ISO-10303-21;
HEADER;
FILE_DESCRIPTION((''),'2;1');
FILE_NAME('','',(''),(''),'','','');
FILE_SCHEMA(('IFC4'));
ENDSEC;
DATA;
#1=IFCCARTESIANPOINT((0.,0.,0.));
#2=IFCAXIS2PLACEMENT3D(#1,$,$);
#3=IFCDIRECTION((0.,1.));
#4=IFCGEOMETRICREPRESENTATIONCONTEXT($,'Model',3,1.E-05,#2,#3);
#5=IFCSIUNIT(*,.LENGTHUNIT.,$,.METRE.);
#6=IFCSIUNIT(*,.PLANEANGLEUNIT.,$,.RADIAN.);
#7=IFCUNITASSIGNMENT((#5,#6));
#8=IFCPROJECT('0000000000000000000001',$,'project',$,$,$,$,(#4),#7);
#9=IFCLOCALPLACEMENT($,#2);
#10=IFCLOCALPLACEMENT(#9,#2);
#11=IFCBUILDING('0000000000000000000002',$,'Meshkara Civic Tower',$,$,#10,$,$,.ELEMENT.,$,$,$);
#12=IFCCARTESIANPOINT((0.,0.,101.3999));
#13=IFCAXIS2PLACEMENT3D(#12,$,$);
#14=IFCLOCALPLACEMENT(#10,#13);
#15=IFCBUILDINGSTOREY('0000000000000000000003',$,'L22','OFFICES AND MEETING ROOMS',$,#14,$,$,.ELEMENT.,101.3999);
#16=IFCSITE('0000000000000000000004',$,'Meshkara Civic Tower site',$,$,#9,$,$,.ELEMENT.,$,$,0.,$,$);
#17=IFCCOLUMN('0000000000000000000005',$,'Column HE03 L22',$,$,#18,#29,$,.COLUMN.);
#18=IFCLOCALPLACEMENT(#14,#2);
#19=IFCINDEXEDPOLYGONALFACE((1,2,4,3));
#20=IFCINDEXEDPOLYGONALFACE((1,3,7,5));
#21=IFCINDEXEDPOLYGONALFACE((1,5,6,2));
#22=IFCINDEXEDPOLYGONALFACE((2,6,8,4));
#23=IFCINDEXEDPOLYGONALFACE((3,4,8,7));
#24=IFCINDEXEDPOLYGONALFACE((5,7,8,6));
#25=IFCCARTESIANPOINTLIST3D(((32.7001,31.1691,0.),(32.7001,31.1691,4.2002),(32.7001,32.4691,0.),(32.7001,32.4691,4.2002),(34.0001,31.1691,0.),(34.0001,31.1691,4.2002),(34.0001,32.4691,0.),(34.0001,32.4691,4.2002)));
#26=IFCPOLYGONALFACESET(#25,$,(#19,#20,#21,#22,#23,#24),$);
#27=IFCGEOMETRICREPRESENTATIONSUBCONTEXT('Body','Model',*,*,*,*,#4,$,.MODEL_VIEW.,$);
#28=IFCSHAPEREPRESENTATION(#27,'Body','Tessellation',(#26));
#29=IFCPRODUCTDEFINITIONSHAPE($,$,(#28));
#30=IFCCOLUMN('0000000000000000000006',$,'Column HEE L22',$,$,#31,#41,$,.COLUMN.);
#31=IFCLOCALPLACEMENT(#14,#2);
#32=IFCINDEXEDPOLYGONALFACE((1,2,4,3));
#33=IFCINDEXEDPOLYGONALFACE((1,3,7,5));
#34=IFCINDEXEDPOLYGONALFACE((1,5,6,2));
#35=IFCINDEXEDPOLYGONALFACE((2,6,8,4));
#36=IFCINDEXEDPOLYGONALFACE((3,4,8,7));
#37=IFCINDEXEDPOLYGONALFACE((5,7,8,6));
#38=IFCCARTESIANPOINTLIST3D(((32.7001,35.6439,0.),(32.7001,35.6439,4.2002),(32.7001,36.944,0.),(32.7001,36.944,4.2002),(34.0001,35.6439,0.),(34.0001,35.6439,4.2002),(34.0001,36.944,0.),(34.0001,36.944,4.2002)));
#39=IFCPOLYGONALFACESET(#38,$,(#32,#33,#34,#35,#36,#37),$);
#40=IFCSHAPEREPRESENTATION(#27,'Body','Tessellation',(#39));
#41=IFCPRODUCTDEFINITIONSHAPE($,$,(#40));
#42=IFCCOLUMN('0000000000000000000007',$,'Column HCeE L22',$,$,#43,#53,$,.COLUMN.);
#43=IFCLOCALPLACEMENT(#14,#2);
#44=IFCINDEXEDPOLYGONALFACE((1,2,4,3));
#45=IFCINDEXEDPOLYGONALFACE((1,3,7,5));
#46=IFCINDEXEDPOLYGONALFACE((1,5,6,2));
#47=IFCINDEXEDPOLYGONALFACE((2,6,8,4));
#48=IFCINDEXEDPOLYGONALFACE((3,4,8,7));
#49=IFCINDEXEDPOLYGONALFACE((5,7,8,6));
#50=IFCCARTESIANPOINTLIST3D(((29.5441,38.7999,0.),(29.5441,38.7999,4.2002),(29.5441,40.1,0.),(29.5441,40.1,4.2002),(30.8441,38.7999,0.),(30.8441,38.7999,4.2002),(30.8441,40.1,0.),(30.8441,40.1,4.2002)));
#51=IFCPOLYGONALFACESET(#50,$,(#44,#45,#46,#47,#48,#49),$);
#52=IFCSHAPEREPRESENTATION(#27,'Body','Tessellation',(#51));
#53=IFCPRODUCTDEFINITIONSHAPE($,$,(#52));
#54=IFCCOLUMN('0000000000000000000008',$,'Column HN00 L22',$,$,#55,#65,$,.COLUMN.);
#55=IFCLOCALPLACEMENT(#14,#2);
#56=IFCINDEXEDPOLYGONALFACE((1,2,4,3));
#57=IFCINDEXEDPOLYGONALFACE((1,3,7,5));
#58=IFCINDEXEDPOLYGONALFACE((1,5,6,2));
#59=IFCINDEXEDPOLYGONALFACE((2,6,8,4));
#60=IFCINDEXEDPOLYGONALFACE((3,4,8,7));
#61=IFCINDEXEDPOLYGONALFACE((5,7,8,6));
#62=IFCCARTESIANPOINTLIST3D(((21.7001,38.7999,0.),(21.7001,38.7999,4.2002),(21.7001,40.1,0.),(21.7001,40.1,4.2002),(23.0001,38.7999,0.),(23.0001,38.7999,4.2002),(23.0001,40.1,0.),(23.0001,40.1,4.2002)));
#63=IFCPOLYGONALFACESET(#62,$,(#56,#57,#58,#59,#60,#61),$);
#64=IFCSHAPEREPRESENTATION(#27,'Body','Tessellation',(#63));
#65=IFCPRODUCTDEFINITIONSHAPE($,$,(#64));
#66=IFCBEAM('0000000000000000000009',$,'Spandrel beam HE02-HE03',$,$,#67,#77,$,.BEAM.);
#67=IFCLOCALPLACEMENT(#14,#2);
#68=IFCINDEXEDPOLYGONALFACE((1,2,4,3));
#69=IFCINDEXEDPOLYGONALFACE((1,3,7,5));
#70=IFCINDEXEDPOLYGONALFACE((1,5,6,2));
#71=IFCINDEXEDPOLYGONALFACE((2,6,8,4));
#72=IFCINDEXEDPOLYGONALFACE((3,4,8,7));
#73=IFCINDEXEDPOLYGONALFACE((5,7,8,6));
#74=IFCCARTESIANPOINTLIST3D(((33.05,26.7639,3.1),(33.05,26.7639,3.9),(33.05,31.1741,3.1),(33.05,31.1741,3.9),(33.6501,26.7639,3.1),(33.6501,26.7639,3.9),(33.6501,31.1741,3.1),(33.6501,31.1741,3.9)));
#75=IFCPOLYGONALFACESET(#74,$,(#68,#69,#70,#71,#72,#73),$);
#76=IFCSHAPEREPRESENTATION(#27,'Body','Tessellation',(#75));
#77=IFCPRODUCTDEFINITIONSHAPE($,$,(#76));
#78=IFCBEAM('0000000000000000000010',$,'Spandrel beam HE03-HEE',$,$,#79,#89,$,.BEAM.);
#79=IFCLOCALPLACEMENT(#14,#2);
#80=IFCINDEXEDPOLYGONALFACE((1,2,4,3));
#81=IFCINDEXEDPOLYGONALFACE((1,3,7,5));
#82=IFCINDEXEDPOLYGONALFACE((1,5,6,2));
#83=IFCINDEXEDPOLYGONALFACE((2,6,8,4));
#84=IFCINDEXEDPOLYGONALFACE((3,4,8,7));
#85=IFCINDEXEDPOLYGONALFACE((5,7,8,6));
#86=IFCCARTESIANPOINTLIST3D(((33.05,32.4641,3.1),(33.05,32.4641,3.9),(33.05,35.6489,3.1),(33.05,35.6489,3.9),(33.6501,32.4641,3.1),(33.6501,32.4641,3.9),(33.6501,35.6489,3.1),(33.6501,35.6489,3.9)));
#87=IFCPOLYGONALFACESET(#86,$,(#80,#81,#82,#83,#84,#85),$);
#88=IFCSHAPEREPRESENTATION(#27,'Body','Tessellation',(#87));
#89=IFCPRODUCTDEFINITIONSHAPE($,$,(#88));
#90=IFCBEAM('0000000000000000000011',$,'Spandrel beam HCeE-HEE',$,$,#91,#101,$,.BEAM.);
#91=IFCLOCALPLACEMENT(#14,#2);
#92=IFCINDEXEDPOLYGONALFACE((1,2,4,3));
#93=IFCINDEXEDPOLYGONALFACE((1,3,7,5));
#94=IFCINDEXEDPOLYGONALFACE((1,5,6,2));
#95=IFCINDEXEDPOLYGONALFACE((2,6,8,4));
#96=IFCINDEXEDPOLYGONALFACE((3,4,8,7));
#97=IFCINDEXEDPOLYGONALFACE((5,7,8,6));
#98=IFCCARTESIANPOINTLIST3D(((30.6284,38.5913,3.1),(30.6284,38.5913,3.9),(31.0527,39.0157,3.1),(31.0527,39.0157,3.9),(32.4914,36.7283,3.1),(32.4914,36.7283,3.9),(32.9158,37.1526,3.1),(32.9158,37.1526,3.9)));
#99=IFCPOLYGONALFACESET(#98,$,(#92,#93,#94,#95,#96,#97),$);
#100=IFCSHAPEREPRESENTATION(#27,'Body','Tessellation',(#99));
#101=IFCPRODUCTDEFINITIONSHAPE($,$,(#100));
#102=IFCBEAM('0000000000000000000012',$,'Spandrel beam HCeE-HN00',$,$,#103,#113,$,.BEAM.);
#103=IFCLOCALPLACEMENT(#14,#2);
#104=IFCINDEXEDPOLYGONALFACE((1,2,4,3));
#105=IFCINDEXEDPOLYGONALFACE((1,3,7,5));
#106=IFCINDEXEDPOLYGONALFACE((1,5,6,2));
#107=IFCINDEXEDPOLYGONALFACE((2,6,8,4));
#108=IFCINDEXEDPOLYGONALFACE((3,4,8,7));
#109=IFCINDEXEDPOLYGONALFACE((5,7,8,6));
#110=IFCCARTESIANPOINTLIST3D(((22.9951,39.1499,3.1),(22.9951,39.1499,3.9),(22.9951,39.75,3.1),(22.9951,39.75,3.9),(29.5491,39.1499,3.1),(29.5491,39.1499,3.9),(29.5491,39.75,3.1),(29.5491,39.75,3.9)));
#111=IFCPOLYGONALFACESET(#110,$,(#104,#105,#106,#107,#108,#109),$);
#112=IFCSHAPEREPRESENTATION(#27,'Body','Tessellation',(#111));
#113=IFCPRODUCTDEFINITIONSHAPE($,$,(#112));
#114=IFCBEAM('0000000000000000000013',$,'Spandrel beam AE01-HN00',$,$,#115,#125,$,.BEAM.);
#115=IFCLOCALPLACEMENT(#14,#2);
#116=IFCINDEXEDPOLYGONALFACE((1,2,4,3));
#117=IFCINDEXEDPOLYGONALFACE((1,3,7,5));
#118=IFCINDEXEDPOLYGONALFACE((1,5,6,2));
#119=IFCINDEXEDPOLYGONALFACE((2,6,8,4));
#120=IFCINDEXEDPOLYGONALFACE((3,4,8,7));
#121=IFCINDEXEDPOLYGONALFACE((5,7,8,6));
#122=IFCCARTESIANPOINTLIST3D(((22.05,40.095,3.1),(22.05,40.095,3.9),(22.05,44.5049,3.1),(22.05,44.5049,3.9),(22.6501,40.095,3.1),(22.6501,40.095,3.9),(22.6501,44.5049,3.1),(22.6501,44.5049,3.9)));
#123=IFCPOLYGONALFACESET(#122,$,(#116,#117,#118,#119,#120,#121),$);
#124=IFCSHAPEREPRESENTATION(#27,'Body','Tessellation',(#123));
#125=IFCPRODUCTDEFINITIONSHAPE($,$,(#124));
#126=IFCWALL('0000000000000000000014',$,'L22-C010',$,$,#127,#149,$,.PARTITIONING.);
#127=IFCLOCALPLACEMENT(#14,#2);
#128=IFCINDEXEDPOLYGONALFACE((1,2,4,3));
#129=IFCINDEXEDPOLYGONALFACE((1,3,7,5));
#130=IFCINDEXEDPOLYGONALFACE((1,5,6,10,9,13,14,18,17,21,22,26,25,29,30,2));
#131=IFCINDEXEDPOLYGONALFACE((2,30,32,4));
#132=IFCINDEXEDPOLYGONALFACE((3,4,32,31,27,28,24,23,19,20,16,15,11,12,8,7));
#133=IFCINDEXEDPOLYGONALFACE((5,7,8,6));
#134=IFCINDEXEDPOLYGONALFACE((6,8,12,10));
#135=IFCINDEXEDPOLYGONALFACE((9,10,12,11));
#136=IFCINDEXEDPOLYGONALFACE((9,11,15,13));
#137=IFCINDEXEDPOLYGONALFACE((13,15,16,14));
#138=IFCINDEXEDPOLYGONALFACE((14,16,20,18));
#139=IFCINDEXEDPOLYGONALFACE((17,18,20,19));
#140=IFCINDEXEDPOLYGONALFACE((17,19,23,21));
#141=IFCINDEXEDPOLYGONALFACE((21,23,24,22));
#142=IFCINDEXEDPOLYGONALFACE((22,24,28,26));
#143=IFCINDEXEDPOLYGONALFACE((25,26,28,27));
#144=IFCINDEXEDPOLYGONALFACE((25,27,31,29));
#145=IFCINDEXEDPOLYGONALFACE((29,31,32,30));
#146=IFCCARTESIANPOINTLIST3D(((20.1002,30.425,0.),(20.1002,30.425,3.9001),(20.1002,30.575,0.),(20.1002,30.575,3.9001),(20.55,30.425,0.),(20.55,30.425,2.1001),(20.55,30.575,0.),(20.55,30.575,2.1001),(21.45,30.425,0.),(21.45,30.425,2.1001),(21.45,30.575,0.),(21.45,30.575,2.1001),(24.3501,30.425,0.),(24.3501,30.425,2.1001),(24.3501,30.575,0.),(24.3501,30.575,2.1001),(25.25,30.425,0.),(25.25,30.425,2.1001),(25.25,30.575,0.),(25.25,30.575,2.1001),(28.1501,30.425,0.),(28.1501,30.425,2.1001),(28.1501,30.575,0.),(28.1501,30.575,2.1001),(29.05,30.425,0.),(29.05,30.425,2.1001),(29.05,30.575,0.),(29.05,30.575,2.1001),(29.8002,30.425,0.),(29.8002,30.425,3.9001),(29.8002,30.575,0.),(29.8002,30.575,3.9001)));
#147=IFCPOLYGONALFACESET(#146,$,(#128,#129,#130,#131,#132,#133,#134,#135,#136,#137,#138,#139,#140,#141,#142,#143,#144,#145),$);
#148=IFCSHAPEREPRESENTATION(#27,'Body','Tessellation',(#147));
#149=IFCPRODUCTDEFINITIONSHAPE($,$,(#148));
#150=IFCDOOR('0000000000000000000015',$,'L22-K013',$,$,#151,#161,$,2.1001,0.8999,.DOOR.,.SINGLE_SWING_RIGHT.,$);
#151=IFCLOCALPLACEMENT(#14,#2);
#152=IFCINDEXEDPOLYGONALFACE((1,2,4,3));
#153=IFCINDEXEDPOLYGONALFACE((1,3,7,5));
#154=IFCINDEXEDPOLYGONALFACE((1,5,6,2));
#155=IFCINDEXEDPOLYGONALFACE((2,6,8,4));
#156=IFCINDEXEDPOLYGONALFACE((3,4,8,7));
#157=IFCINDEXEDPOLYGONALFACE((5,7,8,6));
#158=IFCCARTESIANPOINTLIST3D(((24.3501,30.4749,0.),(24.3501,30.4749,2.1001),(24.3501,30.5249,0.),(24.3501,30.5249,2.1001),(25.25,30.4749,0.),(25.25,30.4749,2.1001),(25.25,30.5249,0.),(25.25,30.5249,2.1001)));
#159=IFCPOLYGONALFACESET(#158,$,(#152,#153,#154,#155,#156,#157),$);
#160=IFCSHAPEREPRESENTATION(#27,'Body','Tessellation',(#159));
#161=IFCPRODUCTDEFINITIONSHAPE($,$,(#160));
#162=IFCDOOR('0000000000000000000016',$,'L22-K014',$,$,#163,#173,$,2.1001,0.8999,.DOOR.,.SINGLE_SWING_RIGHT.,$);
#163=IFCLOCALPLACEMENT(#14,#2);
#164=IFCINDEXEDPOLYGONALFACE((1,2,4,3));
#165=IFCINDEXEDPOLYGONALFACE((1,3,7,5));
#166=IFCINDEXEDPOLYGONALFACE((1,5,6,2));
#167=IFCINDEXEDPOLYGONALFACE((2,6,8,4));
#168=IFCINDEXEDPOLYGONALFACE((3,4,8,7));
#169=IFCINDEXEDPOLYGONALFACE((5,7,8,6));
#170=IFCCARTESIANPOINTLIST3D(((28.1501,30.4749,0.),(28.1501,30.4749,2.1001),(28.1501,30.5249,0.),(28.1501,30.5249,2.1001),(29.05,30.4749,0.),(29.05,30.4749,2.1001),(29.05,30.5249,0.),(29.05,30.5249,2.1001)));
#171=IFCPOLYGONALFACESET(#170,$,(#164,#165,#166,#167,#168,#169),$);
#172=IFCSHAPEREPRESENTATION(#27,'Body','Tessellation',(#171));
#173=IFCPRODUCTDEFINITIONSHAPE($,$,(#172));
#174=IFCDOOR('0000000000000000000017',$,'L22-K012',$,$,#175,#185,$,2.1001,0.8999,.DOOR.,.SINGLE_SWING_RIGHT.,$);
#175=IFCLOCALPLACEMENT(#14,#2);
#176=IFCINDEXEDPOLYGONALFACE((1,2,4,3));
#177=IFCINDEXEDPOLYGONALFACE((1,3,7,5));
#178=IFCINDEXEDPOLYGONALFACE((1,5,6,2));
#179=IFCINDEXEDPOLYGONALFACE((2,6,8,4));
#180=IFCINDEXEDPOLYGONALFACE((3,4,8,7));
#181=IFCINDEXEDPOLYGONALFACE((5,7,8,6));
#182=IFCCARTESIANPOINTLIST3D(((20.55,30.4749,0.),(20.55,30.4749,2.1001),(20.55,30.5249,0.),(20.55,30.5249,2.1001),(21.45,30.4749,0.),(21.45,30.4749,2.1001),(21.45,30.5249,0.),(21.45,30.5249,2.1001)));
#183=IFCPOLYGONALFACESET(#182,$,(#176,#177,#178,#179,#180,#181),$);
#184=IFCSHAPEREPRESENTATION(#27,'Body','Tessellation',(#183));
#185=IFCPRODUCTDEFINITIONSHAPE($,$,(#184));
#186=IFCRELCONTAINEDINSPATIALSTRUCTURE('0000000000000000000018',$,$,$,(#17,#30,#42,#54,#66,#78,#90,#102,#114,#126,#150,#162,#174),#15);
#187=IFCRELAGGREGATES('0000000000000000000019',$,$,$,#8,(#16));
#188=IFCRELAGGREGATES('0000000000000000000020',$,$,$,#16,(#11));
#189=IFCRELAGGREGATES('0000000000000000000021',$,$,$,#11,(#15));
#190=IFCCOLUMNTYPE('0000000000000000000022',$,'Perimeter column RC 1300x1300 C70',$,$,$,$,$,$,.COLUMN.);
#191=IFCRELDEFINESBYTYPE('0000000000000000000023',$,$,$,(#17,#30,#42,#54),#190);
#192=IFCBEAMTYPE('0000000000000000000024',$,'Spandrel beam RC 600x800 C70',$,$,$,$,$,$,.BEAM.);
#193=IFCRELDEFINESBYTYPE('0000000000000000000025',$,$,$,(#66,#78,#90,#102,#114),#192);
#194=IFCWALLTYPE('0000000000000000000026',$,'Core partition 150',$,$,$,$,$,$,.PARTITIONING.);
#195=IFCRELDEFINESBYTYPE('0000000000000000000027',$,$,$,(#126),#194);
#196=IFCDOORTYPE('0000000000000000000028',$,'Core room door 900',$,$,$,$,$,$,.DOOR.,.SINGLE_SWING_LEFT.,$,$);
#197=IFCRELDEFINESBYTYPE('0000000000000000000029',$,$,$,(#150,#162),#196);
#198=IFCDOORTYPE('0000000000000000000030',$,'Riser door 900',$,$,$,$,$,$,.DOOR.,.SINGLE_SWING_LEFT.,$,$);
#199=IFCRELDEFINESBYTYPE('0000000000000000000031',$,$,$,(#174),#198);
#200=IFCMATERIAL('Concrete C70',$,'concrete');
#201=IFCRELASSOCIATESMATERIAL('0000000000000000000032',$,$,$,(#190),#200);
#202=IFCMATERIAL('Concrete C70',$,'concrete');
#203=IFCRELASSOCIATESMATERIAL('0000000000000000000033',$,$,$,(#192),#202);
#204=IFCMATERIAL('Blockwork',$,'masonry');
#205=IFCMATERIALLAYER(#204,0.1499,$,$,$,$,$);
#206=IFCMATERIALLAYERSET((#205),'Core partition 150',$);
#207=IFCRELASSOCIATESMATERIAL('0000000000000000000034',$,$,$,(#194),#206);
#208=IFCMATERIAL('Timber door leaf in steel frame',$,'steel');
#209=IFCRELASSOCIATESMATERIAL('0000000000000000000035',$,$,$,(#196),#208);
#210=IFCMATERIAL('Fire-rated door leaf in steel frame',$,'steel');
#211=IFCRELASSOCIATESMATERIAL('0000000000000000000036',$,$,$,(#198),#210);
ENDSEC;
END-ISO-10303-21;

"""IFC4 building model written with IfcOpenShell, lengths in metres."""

from ifc_helpers import new_model, si_unit, direction, frame, frame_2d, origin, origin_2d, place, context, subcontext, project, spatial, rectangle, extrude, material, layer, layer_set, material_profile, profile_set, type_object, element, fill, save


model = new_model("IFC4")

# Units and contexts
model_context = context("Model", 3, precision=1e-05, world=origin(), true_north=direction((0.0, 1.0)))
body_context = subcontext(model_context, "Body", "Model", "MODEL_VIEW")
ifc_project = project(units=[si_unit("LENGTHUNIT", "METRE"), si_unit("PLANEANGLEUNIT", "RADIAN")], contexts=[model_context])

# Site, building, storey
site_placement = place(None, origin())
site = spatial("IfcSite", under=ifc_project, at=site_placement, Name="Meshkara Civic Tower site", CompositionType="ELEMENT", RefElevation=0.0)
building_placement = place(site_placement, origin())
building = spatial("IfcBuilding", under=site, at=building_placement, Name="Meshkara Civic Tower", CompositionType="ELEMENT")
storey_placement = place(building_placement, frame((0.0, 0.0, 101.3999)))
storey = spatial("IfcBuildingStorey", under=building, at=storey_placement, Name="L22", Description="OFFICES AND MEETING ROOMS", CompositionType="ELEMENT", Elevation=101.3999)

# Columns
ifc_material_1 = material(Name="Concrete C70", Category="concrete")
ifc_material_profile_1 = material_profile(ifc_material_1, rectangle(XDim=1.3, YDim=1.3, at=origin_2d()))
ifc_profile_set_1 = profile_set([ifc_material_profile_1], Name="Concrete C70")
column_type = type_object("IfcColumnType", Name="Perimeter column RC 1300x1300 C70", PredefinedType="COLUMN", material=ifc_profile_set_1)
for number, where, z_axis, x_axis, name in (
    (1, (33.3501, 31.8191, 0.0), (0.0, 0.0, 1.0), (1.0, 0.0, 0.0), "Column HE03 L22"),
    (2, (33.3501, 36.2939, 0.0), (0.0, 0.0, 1.0), (1.0, 0.0, 0.0), "Column HEE L22"),
    (3, (30.1941, 39.45, 0.0), (0.0, 0.0, 1.0), (1.0, 0.0, 0.0), "Column HCeE L22"),
    (4, (22.3501, 39.45, 0.0), (0.0, 0.0, 1.0), (1.0, 0.0, 0.0), "Column HN00 L22"),
):
    element("IfcColumn", number, at=place(storey_placement, frame(where, z_axis=z_axis, x_axis=x_axis)), inside=storey, type_object=column_type, Name=name, PredefinedType="COLUMN", context=body_context, shape_type="SweptSolid", body=[
        extrude(rectangle(XDim=1.3, YDim=1.3, at=origin_2d()), origin(), (0.0, 0.0, 1.0), 4.2002),
    ])

# Beams
ifc_material_2 = material(Name="Concrete C70", Category="concrete")
ifc_material_profile_2 = material_profile(ifc_material_2, rectangle(XDim=0.6001, YDim=0.8, at=origin_2d()))
ifc_profile_set_2 = profile_set([ifc_material_profile_2], Name="Concrete C70")
beam_type = type_object("IfcBeamType", Name="Spandrel beam RC 600x800 C70", PredefinedType="BEAM", material=ifc_profile_set_2)
beam_1_placement = place(storey_placement, frame((33.3501, 26.7639, 3.5), z_axis=(0.0, 1.0, 0.0), x_axis=(-1.0, 0.0, 0.0)))
element("IfcBeam", 5, at=beam_1_placement, inside=storey, type_object=beam_type, Name="Spandrel beam HE02-HE03", PredefinedType="BEAM", context=body_context, shape_type="SweptSolid", body=[
    extrude(rectangle(XDim=0.6001, YDim=0.8, at=origin_2d()), origin(), (0.0, 0.0, 1.0), 4.4102),
])
beam_2_placement = place(storey_placement, frame((33.3501, 32.4641, 3.5), z_axis=(0.0, 1.0, 0.0), x_axis=(-1.0, 0.0, 0.0)))
element("IfcBeam", 6, at=beam_2_placement, inside=storey, type_object=beam_type, Name="Spandrel beam HE03-HEE", PredefinedType="BEAM", context=body_context, shape_type="SweptSolid", body=[
    extrude(rectangle(XDim=0.6001, YDim=0.8, at=origin_2d()), origin(), (0.0, 0.0, 1.0), 3.1848),
])
beam_3_placement = place(storey_placement, frame((32.7036, 36.9404, 3.5), z_axis=(-0.707107, 0.707107, 0.0), x_axis=(-0.707107, -0.707107, 0.0)))
element("IfcBeam", 7, at=beam_3_placement, inside=storey, type_object=beam_type, Name="Spandrel beam HCeE-HEE", PredefinedType="BEAM", context=body_context, shape_type="SweptSolid", body=[
    extrude(rectangle(XDim=0.6001, YDim=0.8, at=origin_2d()), origin(), (0.0, 0.0, 1.0), 2.6348),
])
beam_4_placement = place(storey_placement, frame((29.5491, 39.45, 3.5), z_axis=(-1.0, 0.0, 0.0), x_axis=(0.0, -1.0, 0.0)))
element("IfcBeam", 8, at=beam_4_placement, inside=storey, type_object=beam_type, Name="Spandrel beam HCeE-HN00", PredefinedType="BEAM", context=body_context, shape_type="SweptSolid", body=[
    extrude(rectangle(XDim=0.6001, YDim=0.8, at=origin_2d()), origin(), (0.0, 0.0, 1.0), 6.554),
])
beam_5_placement = place(storey_placement, frame((22.3501, 40.095, 3.5), z_axis=(0.0, 1.0, 0.0), x_axis=(-1.0, 0.0, 0.0)))
element("IfcBeam", 9, at=beam_5_placement, inside=storey, type_object=beam_type, Name="Spandrel beam AE01-HN00", PredefinedType="BEAM", context=body_context, shape_type="SweptSolid", body=[
    extrude(rectangle(XDim=0.6001, YDim=0.8, at=origin_2d()), origin(), (0.0, 0.0, 1.0), 4.4099),
])

# Wall, openings, doors
ifc_material_3 = material(Name="Blockwork", Category="masonry")
ifc_layer_1 = layer(ifc_material_3, 0.1499)
ifc_layer_set_1 = layer_set([ifc_layer_1], Name="Core partition 150")
wall_type_1 = type_object("IfcWallType", Name="Core partition 150", PredefinedType="PARTITIONING", material=ifc_layer_set_1)
wall_1_placement = place(storey_placement, frame((20.1001, 30.5, 0.0), z_axis=(0.0, 0.0, 1.0), x_axis=(1.0, 0.0, 0.0)))
wall_1 = element("IfcWall", 10, at=wall_1_placement, inside=storey, type_object=wall_type_1, Name="L22-C010", PredefinedType="PARTITIONING", context=body_context, shape_type="SweptSolid", body=[
    extrude(rectangle(XDim=9.7, YDim=0.1499, at=frame_2d((4.8501, 0.0))), origin(), (0.0, 0.0, 1.0), 3.9001),
])
opening_1_placement = place(wall_1_placement, frame((0.45, 0.0, 0.0)))
opening_1 = element("IfcOpeningElement", 11, at=opening_1_placement, cuts=wall_1, PredefinedType="OPENING", context=body_context, shape_type="SweptSolid", body=[
    extrude(rectangle(XDim=0.8999, YDim=2.1001, at=frame_2d((0.45, 1.05))), frame((0.0, 0.085, 0.0), z_axis=(0.0, -1.0, 0.0), x_axis=(1.0, 0.0, 0.0)), (0.0, 0.0, 1.0), 0.1699),
])
opening_2_placement = place(wall_1_placement, frame((4.25, 0.0, 0.0)))
opening_2 = element("IfcOpeningElement", 12, at=opening_2_placement, cuts=wall_1, PredefinedType="OPENING", context=body_context, shape_type="SweptSolid", body=[
    extrude(rectangle(XDim=0.8999, YDim=2.1001, at=frame_2d((0.45, 1.05))), frame((0.0, 0.085, 0.0), z_axis=(0.0, -1.0, 0.0), x_axis=(1.0, 0.0, 0.0)), (0.0, 0.0, 1.0), 0.1699),
])
opening_3_placement = place(wall_1_placement, frame((8.05, 0.0, 0.0)))
opening_3 = element("IfcOpeningElement", 13, at=opening_3_placement, cuts=wall_1, PredefinedType="OPENING", context=body_context, shape_type="SweptSolid", body=[
    extrude(rectangle(XDim=0.8999, YDim=2.1001, at=frame_2d((0.45, 1.05))), frame((0.0, 0.085, 0.0), z_axis=(0.0, -1.0, 0.0), x_axis=(1.0, 0.0, 0.0)), (0.0, 0.0, 1.0), 0.1699),
])
ifc_material_4 = material(Name="Timber door leaf in steel frame", Category="steel")
door_type_1 = type_object("IfcDoorType", Name="Core room door 900", OperationType="SINGLE_SWING_LEFT", PredefinedType="DOOR", material=ifc_material_4)
door_1_placement = place(opening_2_placement, origin())
door_1 = element("IfcDoor", 14, at=door_1_placement, inside=storey, type_object=door_type_1, Name="L22-K013", OperationType="SINGLE_SWING_RIGHT", OverallHeight=2.1001, OverallWidth=0.8999, PredefinedType="DOOR", context=body_context, shape_type="SweptSolid", body=[
    extrude(rectangle(XDim=0.8999, YDim=2.1001, at=frame_2d((0.45, 1.05))), frame((0.0, 0.0249, 0.0), z_axis=(0.0, -1.0, 0.0), x_axis=(1.0, 0.0, 0.0)), (0.0, 0.0, 1.0), 0.05),
])
fill(opening_2, door_1)
door_2_placement = place(opening_3_placement, origin())
door_2 = element("IfcDoor", 15, at=door_2_placement, inside=storey, type_object=door_type_1, Name="L22-K014", OperationType="SINGLE_SWING_RIGHT", OverallHeight=2.1001, OverallWidth=0.8999, PredefinedType="DOOR", context=body_context, shape_type="SweptSolid", body=[
    extrude(rectangle(XDim=0.8999, YDim=2.1001, at=frame_2d((0.45, 1.05))), frame((0.0, 0.0249, 0.0), z_axis=(0.0, -1.0, 0.0), x_axis=(1.0, 0.0, 0.0)), (0.0, 0.0, 1.0), 0.05),
])
fill(opening_3, door_2)
ifc_material_5 = material(Name="Fire-rated door leaf in steel frame", Category="steel")
door_type_2 = type_object("IfcDoorType", Name="Riser door 900", OperationType="SINGLE_SWING_LEFT", PredefinedType="DOOR", material=ifc_material_5)
door_3_placement = place(opening_1_placement, origin())
door_3 = element("IfcDoor", 16, at=door_3_placement, inside=storey, type_object=door_type_2, Name="L22-K012", OperationType="SINGLE_SWING_RIGHT", OverallHeight=2.1001, OverallWidth=0.8999, PredefinedType="DOOR", context=body_context, shape_type="SweptSolid", body=[
    extrude(rectangle(XDim=0.8999, YDim=2.1001, at=frame_2d((0.45, 1.05))), frame((0.0, 0.0249, 0.0), z_axis=(0.0, -1.0, 0.0), x_axis=(1.0, 0.0, 0.0)), (0.0, 0.0, 1.0), 0.05),
])
fill(opening_1, door_3)

save(model, "model.ifc")
